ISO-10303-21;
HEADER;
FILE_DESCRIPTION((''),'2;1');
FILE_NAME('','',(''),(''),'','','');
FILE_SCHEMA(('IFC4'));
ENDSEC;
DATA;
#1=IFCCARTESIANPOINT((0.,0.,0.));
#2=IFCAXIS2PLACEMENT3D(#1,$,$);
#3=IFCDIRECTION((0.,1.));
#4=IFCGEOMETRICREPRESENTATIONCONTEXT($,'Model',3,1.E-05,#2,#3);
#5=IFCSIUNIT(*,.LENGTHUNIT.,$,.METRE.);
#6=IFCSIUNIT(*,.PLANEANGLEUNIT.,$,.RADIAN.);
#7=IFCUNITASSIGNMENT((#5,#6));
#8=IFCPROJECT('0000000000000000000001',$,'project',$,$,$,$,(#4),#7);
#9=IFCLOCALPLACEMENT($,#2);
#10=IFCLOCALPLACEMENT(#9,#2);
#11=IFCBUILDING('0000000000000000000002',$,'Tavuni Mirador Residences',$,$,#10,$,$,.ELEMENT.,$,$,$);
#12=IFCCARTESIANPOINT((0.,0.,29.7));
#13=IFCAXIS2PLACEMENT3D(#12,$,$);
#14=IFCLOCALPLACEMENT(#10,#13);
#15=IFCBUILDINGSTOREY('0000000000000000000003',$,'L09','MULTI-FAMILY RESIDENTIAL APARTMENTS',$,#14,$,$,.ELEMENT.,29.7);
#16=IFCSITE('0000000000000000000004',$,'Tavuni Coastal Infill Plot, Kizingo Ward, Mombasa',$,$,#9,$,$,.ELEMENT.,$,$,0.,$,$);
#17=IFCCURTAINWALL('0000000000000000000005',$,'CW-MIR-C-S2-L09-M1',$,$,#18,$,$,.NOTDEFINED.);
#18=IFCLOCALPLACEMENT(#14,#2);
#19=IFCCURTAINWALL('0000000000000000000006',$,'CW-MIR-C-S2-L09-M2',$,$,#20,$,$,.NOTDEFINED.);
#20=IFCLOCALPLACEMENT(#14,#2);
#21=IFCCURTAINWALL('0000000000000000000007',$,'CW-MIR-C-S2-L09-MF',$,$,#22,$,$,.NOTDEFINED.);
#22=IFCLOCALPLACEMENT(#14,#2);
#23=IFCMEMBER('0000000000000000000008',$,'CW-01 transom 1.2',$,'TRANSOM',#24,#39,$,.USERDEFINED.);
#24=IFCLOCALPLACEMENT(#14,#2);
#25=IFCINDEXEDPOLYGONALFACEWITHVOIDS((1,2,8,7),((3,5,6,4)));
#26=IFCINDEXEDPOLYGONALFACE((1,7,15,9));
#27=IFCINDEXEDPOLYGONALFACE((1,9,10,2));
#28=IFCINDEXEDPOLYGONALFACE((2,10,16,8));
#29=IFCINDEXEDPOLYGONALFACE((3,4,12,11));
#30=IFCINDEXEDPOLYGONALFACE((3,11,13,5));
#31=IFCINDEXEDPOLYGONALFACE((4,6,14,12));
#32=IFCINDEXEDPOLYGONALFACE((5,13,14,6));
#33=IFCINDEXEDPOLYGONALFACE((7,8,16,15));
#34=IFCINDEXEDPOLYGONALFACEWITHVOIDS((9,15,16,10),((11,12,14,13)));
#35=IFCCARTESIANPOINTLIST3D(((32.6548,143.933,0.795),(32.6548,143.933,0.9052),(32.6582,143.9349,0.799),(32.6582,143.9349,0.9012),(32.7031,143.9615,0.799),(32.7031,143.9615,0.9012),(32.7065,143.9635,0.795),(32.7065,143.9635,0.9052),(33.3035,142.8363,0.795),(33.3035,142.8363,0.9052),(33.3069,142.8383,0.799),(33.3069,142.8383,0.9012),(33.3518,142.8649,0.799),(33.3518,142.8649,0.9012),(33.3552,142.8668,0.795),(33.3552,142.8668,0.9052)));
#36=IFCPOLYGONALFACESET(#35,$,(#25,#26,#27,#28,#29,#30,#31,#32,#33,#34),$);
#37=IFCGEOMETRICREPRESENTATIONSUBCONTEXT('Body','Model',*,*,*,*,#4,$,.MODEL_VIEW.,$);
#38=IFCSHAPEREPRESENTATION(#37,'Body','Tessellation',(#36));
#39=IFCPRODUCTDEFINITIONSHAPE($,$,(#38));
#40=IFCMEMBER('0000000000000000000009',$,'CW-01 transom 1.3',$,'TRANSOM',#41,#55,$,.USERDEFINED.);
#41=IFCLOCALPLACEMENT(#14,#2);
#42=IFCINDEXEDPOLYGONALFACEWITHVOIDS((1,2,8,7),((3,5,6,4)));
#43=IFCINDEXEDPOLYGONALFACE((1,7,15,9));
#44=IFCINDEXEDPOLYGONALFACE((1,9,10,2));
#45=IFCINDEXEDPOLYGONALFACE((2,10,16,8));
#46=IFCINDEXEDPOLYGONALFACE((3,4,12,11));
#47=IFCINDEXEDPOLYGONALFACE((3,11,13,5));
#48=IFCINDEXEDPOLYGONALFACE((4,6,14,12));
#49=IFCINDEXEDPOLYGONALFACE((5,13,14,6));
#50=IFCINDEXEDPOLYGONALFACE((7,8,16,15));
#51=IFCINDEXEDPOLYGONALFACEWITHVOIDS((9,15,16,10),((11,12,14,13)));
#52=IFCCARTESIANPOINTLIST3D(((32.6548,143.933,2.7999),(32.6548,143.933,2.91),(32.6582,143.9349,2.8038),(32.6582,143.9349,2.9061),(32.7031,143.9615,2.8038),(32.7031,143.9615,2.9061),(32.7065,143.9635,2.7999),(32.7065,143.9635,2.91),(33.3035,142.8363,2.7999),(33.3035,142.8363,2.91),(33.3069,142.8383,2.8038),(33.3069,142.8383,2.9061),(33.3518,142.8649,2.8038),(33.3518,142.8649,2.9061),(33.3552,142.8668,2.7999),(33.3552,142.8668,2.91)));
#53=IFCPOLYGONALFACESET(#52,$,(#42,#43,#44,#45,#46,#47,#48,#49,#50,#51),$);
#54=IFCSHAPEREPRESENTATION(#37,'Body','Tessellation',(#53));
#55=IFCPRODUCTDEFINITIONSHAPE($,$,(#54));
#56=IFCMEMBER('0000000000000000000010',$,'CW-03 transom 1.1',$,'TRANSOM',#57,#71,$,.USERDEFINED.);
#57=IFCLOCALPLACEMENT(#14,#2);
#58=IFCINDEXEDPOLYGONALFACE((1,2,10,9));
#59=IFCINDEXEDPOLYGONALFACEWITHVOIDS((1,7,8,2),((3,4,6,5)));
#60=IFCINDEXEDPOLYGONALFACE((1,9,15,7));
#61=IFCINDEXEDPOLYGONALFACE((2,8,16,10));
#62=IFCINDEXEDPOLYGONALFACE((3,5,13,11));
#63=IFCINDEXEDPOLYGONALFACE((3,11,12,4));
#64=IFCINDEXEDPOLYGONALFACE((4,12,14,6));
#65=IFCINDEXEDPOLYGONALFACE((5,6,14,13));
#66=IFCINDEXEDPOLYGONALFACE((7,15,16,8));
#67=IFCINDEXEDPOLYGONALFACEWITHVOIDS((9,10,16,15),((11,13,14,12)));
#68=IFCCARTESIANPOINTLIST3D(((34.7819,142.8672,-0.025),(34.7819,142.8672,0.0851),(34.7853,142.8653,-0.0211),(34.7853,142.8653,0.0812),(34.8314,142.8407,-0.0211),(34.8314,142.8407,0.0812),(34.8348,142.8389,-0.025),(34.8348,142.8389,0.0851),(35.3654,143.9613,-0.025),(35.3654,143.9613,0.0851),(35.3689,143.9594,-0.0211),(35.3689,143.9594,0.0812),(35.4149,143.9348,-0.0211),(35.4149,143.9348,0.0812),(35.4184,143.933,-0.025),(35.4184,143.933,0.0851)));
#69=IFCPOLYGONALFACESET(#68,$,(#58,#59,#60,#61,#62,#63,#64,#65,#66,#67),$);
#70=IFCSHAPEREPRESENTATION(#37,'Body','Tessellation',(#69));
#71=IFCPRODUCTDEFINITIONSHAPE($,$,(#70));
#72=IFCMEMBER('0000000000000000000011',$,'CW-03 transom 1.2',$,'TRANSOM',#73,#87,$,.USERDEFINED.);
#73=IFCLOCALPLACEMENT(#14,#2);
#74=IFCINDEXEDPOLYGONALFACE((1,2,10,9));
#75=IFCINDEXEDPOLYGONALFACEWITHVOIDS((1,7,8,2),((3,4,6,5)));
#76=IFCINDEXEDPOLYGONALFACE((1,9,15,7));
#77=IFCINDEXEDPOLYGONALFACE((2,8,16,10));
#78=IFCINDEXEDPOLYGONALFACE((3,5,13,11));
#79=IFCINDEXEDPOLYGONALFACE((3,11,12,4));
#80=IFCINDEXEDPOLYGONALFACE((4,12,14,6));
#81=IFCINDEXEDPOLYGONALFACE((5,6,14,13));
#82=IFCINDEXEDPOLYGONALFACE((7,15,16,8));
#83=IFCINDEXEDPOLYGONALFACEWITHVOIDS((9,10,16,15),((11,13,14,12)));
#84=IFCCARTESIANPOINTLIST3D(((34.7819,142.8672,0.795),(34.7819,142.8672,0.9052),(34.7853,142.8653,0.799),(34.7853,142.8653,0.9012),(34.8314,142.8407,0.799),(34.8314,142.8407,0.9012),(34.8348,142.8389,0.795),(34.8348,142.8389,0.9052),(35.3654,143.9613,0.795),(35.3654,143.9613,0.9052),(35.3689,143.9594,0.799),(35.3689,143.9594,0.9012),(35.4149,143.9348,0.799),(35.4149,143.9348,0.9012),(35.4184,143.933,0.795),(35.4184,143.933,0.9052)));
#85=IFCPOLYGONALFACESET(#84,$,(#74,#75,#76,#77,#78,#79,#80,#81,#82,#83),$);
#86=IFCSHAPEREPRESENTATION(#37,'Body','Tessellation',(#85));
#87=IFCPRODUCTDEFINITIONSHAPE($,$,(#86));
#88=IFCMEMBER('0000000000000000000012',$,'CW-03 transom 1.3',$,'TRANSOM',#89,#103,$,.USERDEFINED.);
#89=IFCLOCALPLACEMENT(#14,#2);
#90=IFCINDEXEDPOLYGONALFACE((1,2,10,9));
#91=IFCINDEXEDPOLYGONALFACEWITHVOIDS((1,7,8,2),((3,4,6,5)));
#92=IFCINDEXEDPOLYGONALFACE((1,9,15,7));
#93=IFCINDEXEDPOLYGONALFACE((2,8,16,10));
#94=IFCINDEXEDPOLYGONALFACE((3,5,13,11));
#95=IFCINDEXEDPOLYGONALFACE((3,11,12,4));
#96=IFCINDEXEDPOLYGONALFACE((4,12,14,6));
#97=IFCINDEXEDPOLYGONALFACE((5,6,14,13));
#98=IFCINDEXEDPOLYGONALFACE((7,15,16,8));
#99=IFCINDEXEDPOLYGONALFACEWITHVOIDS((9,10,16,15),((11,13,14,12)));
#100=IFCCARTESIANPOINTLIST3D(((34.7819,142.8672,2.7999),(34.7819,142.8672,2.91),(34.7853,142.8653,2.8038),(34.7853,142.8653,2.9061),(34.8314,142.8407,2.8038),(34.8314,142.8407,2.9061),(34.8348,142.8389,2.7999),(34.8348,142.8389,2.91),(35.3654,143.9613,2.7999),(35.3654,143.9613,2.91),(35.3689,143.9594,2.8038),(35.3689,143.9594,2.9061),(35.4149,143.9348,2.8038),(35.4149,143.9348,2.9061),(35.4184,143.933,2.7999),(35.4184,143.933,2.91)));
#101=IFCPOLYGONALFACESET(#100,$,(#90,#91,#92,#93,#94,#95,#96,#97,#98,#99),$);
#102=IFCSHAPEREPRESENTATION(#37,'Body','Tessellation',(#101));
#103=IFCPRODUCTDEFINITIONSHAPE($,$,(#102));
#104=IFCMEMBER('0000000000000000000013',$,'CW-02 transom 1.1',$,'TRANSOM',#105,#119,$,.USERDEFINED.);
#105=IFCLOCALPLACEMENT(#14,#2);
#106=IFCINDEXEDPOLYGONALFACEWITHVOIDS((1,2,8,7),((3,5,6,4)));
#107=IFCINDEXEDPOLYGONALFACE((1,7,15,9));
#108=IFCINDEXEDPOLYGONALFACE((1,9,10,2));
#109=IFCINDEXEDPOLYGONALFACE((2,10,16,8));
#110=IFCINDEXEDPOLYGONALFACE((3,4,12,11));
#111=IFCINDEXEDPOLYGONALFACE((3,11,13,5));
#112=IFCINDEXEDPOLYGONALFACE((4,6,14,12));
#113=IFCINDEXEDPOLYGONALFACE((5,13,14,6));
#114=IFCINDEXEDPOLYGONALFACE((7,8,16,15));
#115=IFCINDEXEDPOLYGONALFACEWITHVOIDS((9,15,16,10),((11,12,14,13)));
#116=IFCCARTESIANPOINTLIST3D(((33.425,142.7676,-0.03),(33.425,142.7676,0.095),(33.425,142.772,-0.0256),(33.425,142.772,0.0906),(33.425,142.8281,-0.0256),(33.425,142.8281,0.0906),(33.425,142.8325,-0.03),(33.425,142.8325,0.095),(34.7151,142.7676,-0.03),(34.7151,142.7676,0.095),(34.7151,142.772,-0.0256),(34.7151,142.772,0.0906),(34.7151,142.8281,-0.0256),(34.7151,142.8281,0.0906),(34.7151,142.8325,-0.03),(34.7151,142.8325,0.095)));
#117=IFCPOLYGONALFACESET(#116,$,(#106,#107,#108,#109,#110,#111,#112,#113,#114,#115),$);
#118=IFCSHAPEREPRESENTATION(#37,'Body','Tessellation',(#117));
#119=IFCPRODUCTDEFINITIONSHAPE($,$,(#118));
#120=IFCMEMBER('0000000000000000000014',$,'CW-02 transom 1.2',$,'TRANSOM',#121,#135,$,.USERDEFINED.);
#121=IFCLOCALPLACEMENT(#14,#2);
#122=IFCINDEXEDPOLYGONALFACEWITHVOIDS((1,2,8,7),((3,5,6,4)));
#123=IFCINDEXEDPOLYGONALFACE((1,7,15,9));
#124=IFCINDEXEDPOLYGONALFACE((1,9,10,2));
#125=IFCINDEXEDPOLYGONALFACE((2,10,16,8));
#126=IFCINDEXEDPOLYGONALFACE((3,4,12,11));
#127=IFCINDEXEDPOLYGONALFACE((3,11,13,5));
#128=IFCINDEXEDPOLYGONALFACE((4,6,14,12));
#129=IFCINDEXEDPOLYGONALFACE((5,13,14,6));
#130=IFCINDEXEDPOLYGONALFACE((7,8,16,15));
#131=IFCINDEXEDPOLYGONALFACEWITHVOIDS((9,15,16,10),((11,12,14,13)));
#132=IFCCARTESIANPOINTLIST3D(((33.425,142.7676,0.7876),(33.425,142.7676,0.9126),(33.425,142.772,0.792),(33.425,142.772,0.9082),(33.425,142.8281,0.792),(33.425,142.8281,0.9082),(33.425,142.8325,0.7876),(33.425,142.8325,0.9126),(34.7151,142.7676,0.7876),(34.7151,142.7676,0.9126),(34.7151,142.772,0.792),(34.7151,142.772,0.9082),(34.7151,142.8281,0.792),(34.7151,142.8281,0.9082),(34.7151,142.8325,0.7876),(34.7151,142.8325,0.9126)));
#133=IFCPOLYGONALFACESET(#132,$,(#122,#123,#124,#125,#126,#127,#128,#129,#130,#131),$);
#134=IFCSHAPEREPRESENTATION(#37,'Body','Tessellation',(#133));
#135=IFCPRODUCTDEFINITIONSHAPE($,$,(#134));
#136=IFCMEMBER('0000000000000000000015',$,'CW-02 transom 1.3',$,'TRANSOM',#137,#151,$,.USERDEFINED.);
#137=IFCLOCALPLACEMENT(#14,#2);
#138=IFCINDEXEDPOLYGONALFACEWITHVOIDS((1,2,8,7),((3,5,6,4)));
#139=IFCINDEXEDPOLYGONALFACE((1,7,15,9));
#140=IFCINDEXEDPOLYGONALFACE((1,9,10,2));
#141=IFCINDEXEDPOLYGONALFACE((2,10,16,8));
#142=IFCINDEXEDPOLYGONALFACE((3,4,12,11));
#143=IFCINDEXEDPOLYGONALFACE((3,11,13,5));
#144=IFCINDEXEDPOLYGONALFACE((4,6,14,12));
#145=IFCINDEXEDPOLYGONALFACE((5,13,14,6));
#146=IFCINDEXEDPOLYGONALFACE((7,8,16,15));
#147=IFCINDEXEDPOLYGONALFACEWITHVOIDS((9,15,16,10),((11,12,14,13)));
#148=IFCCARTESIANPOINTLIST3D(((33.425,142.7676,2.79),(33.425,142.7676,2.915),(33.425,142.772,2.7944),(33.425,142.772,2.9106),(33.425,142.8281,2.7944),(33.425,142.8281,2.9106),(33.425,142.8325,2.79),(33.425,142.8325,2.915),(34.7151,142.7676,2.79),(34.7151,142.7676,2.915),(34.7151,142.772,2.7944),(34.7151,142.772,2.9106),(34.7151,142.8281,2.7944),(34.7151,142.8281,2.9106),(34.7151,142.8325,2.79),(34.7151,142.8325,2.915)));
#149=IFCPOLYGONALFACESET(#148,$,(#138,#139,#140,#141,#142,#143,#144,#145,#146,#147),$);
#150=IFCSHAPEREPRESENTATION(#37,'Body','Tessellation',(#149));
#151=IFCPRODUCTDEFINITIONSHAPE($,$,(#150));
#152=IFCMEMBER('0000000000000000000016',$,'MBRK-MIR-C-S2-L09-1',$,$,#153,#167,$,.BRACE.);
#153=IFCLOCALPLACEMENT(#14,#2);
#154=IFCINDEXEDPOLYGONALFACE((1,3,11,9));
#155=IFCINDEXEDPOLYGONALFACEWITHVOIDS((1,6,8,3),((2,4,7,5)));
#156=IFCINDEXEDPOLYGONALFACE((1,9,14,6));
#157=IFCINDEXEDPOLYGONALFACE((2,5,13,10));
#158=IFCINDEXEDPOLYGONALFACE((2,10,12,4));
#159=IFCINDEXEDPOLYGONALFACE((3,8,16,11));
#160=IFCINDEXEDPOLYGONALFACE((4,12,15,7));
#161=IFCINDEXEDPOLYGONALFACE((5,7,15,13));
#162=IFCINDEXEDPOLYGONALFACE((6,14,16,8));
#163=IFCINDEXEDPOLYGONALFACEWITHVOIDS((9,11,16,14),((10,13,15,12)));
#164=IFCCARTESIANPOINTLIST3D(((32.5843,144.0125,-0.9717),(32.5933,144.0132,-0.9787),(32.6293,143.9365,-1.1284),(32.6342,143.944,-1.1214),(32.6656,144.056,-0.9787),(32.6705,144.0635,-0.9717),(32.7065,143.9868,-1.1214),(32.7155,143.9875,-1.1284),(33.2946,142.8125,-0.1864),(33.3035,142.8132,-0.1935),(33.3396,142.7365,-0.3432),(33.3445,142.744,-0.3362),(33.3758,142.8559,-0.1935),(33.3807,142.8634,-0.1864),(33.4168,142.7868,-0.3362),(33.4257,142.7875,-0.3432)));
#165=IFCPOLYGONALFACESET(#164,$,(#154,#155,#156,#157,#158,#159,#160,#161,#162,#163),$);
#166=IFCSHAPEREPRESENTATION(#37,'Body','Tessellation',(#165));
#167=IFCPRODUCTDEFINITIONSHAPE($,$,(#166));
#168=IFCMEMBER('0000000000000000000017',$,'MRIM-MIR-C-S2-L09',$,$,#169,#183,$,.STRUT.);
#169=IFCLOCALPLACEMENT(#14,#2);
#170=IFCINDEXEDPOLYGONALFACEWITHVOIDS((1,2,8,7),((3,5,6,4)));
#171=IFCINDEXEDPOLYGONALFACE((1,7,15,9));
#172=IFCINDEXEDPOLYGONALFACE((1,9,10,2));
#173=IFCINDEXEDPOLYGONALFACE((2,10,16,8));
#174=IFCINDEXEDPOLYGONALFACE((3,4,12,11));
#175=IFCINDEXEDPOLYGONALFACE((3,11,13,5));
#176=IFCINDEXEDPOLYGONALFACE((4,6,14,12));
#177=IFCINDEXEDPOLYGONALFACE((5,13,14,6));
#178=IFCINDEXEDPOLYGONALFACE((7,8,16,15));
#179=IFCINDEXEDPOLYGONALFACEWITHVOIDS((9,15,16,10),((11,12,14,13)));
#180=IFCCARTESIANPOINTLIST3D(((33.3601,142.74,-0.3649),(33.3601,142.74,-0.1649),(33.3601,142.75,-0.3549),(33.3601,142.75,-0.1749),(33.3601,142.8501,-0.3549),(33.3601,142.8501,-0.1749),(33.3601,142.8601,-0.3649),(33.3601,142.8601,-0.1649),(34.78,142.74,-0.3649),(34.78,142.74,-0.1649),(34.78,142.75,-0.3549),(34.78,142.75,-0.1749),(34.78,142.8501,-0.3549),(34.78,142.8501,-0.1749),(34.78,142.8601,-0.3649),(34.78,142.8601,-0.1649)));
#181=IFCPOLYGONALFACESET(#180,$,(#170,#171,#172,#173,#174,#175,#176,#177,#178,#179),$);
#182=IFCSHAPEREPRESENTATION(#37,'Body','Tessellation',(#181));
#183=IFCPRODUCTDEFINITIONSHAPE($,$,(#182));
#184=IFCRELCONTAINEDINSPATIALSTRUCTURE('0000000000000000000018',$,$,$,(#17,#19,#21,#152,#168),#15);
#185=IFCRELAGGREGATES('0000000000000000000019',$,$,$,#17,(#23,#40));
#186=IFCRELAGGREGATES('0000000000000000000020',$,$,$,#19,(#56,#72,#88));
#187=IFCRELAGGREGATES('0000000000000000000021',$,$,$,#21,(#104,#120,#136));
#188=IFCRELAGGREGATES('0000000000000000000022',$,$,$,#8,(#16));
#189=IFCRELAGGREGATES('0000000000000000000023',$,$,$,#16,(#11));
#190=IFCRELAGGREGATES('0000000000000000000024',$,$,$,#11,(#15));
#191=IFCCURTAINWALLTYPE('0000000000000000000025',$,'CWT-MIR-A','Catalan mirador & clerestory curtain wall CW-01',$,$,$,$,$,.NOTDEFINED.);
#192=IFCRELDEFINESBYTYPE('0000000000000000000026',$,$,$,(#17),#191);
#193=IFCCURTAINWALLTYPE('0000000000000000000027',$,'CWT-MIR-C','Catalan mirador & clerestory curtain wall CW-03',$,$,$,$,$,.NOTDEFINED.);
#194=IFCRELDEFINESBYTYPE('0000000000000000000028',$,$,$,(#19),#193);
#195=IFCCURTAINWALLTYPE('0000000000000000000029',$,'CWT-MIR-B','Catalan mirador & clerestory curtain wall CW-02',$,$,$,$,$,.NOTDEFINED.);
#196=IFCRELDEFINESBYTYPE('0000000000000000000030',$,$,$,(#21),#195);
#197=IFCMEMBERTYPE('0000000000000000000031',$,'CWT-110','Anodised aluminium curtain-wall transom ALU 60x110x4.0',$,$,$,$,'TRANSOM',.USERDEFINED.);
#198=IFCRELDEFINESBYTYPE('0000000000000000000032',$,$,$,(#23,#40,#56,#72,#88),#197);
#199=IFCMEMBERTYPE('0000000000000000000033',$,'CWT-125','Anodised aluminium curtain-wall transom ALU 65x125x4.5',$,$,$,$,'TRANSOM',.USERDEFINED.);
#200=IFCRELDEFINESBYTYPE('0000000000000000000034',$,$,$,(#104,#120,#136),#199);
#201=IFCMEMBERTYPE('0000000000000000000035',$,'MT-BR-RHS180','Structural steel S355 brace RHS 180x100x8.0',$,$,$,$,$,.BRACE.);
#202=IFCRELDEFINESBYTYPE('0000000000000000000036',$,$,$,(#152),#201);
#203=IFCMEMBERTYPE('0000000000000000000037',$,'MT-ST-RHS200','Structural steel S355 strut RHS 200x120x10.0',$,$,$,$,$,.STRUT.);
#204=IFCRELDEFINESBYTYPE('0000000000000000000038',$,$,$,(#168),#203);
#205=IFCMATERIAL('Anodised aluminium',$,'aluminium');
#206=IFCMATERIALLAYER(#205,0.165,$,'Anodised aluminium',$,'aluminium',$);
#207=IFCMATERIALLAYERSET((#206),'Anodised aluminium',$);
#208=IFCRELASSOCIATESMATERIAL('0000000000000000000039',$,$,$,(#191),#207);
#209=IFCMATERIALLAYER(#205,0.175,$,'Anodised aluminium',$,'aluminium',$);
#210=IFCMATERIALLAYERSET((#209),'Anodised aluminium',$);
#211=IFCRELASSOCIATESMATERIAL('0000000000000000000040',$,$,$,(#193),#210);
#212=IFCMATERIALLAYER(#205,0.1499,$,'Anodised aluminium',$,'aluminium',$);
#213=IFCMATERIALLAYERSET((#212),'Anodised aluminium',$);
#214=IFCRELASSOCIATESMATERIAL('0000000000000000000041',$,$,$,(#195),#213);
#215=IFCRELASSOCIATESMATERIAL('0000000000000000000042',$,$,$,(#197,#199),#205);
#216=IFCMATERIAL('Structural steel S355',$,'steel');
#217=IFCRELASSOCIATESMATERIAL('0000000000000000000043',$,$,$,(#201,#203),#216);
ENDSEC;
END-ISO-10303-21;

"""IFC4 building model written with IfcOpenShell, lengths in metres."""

from ifc_helpers import new_model, si_unit, direction, frame, origin, origin_2d, place, context, subcontext, project, spatial, hollow_rectangle, extrude, material, layer, layer_set, material_profile, profile_set, type_object, element, aggregate, save


model = new_model("IFC4")

# Units and contexts
model_context = context("Model", 3, precision=1e-05, world=origin(), true_north=direction((0.0, 1.0)))
body_context = subcontext(model_context, "Body", "Model", "MODEL_VIEW")
ifc_project = project(units=[si_unit("LENGTHUNIT", "METRE"), si_unit("PLANEANGLEUNIT", "RADIAN")], contexts=[model_context])

# Site, building, storey
site_placement = place(None, origin())
site = spatial("IfcSite", under=ifc_project, at=site_placement, Name="Tavuni Coastal Infill Plot, Kizingo Ward, Mombasa", CompositionType="ELEMENT", RefElevation=0.0)
building_placement = place(site_placement, origin())
building = spatial("IfcBuilding", under=site, at=building_placement, Name="Tavuni Mirador Residences", CompositionType="ELEMENT")
storey_placement = place(building_placement, frame((0.0, 0.0, 29.7)))
storey = spatial("IfcBuildingStorey", under=building, at=storey_placement, Name="L09", Description="MULTI-FAMILY RESIDENTIAL APARTMENTS", CompositionType="ELEMENT", Elevation=29.7)

# Curtain walls
ifc_material_1 = material(Name="Anodised aluminium", Category="aluminium")
ifc_layer_1 = layer(ifc_material_1, 0.165, Name="Anodised aluminium", Category="aluminium")
ifc_layer_set_1 = layer_set([ifc_layer_1], Name="Anodised aluminium")
curtain_wall_type_1 = type_object("IfcCurtainWallType", Name="CWT-MIR-A", Description="Catalan mirador & clerestory curtain wall CW-01", PredefinedType="NOTDEFINED", material=ifc_layer_set_1)
curtain_wall_1_placement = place(storey_placement, origin())
curtain_wall_1 = element("IfcCurtainWall", 1, at=curtain_wall_1_placement, inside=storey, type_object=curtain_wall_type_1, Name="CW-MIR-C-S2-L09-M1", PredefinedType="NOTDEFINED")
ifc_layer_2 = layer(ifc_material_1, 0.175, Name="Anodised aluminium", Category="aluminium")
ifc_layer_set_2 = layer_set([ifc_layer_2], Name="Anodised aluminium")
curtain_wall_type_2 = type_object("IfcCurtainWallType", Name="CWT-MIR-C", Description="Catalan mirador & clerestory curtain wall CW-03", PredefinedType="NOTDEFINED", material=ifc_layer_set_2)
curtain_wall_2_placement = place(storey_placement, origin())
curtain_wall_2 = element("IfcCurtainWall", 2, at=curtain_wall_2_placement, inside=storey, type_object=curtain_wall_type_2, Name="CW-MIR-C-S2-L09-M2", PredefinedType="NOTDEFINED")
ifc_layer_3 = layer(ifc_material_1, 0.1499, Name="Anodised aluminium", Category="aluminium")
ifc_layer_set_3 = layer_set([ifc_layer_3], Name="Anodised aluminium")
curtain_wall_type_3 = type_object("IfcCurtainWallType", Name="CWT-MIR-B", Description="Catalan mirador & clerestory curtain wall CW-02", PredefinedType="NOTDEFINED", material=ifc_layer_set_3)
curtain_wall_3_placement = place(storey_placement, origin())
curtain_wall_3 = element("IfcCurtainWall", 3, at=curtain_wall_3_placement, inside=storey, type_object=curtain_wall_type_3, Name="CW-MIR-C-S2-L09-MF", PredefinedType="NOTDEFINED")

# Members
ifc_material_profile_1 = material_profile(ifc_material_1, hollow_rectangle(XDim=0.0601, YDim=0.1101, WallThickness=0.0039, at=origin_2d()), Name="ALU 60x110x4.0", Category="aluminium")
ifc_profile_set_1 = profile_set([ifc_material_profile_1], Name="Anodised aluminium")
member_type_1 = type_object("IfcMemberType", Name="CWT-110", Description="Anodised aluminium curtain-wall transom ALU 60x110x4.0", ElementType="TRANSOM", PredefinedType="USERDEFINED", material=ifc_profile_set_1)
member_1_placement = place(storey_placement, frame((32.6807, 143.9482, 0.8501), z_axis=(0.509104, -0.860705, 0.0), x_axis=(0.860705, 0.509104, 0.0)))
member_1 = element("IfcMember", 4, at=member_1_placement, type_object=member_type_1, Name="CW-01 transom 1.2", ObjectType="TRANSOM", PredefinedType="USERDEFINED", context=body_context, shape_type="SweptSolid", body=[
    extrude(hollow_rectangle(XDim=0.0601, YDim=0.1101, WallThickness=0.0039, at=origin_2d()), origin(), (0.0, 0.0, 1.0), 1.2742),
])
member_2_placement = place(storey_placement, frame((32.6807, 143.9482, 2.855), z_axis=(0.509104, -0.860705, 0.0), x_axis=(0.860705, 0.509104, 0.0)))
member_2 = element("IfcMember", 5, at=member_2_placement, type_object=member_type_1, Name="CW-01 transom 1.3", ObjectType="TRANSOM", PredefinedType="USERDEFINED", context=body_context, shape_type="SweptSolid", body=[
    extrude(hollow_rectangle(XDim=0.0601, YDim=0.1101, WallThickness=0.0039, at=origin_2d()), origin(), (0.0, 0.0, 1.0), 1.2742),
])
member_3_placement = place(storey_placement, frame((34.8083, 142.853, 0.03), z_axis=(0.470609, 0.882342, 0.0), x_axis=(-0.882342, 0.470609, 0.0)))
member_3 = element("IfcMember", 6, at=member_3_placement, type_object=member_type_1, Name="CW-03 transom 1.1", ObjectType="TRANSOM", PredefinedType="USERDEFINED", context=body_context, shape_type="SweptSolid", body=[
    extrude(hollow_rectangle(XDim=0.0601, YDim=0.1101, WallThickness=0.0039, at=origin_2d()), origin(), (0.0, 0.0, 1.0), 1.24),
])
member_4_placement = place(storey_placement, frame((34.8083, 142.853, 0.8501), z_axis=(0.470609, 0.882342, 0.0), x_axis=(-0.882342, 0.470609, 0.0)))
member_4 = element("IfcMember", 7, at=member_4_placement, type_object=member_type_1, Name="CW-03 transom 1.2", ObjectType="TRANSOM", PredefinedType="USERDEFINED", context=body_context, shape_type="SweptSolid", body=[
    extrude(hollow_rectangle(XDim=0.0601, YDim=0.1101, WallThickness=0.0039, at=origin_2d()), origin(), (0.0, 0.0, 1.0), 1.24),
])
member_5_placement = place(storey_placement, frame((34.8083, 142.853, 2.855), z_axis=(0.470609, 0.882342, 0.0), x_axis=(-0.882342, 0.470609, 0.0)))
member_5 = element("IfcMember", 8, at=member_5_placement, type_object=member_type_1, Name="CW-03 transom 1.3", ObjectType="TRANSOM", PredefinedType="USERDEFINED", context=body_context, shape_type="SweptSolid", body=[
    extrude(hollow_rectangle(XDim=0.0601, YDim=0.1101, WallThickness=0.0039, at=origin_2d()), origin(), (0.0, 0.0, 1.0), 1.24),
])
ifc_material_profile_2 = material_profile(ifc_material_1, hollow_rectangle(XDim=0.0649, YDim=0.125, WallThickness=0.0044, at=origin_2d()), Name="ALU 65x125x4.5", Category="aluminium")
ifc_profile_set_2 = profile_set([ifc_material_profile_2], Name="Anodised aluminium")
member_type_2 = type_object("IfcMemberType", Name="CWT-125", Description="Anodised aluminium curtain-wall transom ALU 65x125x4.5", ElementType="TRANSOM", PredefinedType="USERDEFINED", material=ifc_profile_set_2)
member_6_placement = place(storey_placement, frame((33.425, 142.8, 0.0325), z_axis=(1.0, 0.0, 0.0), x_axis=(0.0, 1.0, 0.0)))
member_6 = element("IfcMember", 9, at=member_6_placement, type_object=member_type_2, Name="CW-02 transom 1.1", ObjectType="TRANSOM", PredefinedType="USERDEFINED", context=body_context, shape_type="SweptSolid", body=[
    extrude(hollow_rectangle(XDim=0.0649, YDim=0.125, WallThickness=0.0044, at=origin_2d()), origin(), (0.0, 0.0, 1.0), 1.29),
])
member_7_placement = place(storey_placement, frame((33.425, 142.8, 0.8501), z_axis=(1.0, 0.0, 0.0), x_axis=(0.0, 1.0, 0.0)))
member_7 = element("IfcMember", 10, at=member_7_placement, type_object=member_type_2, Name="CW-02 transom 1.2", ObjectType="TRANSOM", PredefinedType="USERDEFINED", context=body_context, shape_type="SweptSolid", body=[
    extrude(hollow_rectangle(XDim=0.0649, YDim=0.125, WallThickness=0.0044, at=origin_2d()), origin(), (0.0, 0.0, 1.0), 1.29),
])
member_8_placement = place(storey_placement, frame((33.425, 142.8, 2.8525), z_axis=(1.0, 0.0, 0.0), x_axis=(0.0, 1.0, 0.0)))
member_8 = element("IfcMember", 11, at=member_8_placement, type_object=member_type_2, Name="CW-02 transom 1.3", ObjectType="TRANSOM", PredefinedType="USERDEFINED", context=body_context, shape_type="SweptSolid", body=[
    extrude(hollow_rectangle(XDim=0.0649, YDim=0.125, WallThickness=0.0044, at=origin_2d()), origin(), (0.0, 0.0, 1.0), 1.29),
])

# Members
ifc_material_2 = material(Name="Structural steel S355", Category="steel")
ifc_material_profile_3 = material_profile(ifc_material_2, hollow_rectangle(XDim=0.1001, YDim=0.1799, WallThickness=0.0081, at=origin_2d()), Name="RHS 180x100x8.0", Category="steel")
ifc_profile_set_3 = profile_set([ifc_material_profile_3], Name="Structural steel S355")
member_type_3 = type_object("IfcMemberType", Name="MT-BR-RHS180", Description="Structural steel S355 brace RHS 180x100x8.0", PredefinedType="BRACE", material=ifc_profile_set_3)
member_9_placement = place(storey_placement, frame((32.6499, 144.0, -1.05), z_axis=(0.443814, -0.74986, 0.490651), x_axis=(0.860567, 0.509337, 0.0)))
element("IfcMember", 12, at=member_9_placement, inside=storey, type_object=member_type_3, Name="MBRK-MIR-C-S2-L09-1", PredefinedType="BRACE", context=body_context, shape_type="SweptSolid", body=[
    extrude(hollow_rectangle(XDim=0.1001, YDim=0.1799, WallThickness=0.0081, at=origin_2d()), origin(), (0.0, 0.0, 1.0), 1.6003),
])
ifc_material_profile_4 = material_profile(ifc_material_2, hollow_rectangle(XDim=0.1201, YDim=0.2, WallThickness=0.01, at=origin_2d()), Name="RHS 200x120x10.0", Category="steel")
ifc_profile_set_4 = profile_set([ifc_material_profile_4], Name="Structural steel S355")
member_type_4 = type_object("IfcMemberType", Name="MT-ST-RHS200", Description="Structural steel S355 strut RHS 200x120x10.0", PredefinedType="STRUT", material=ifc_profile_set_4)
member_10_placement = place(storey_placement, frame((33.3601, 142.8, -0.2649), z_axis=(1.0, 0.0, 0.0), x_axis=(0.0, 1.0, 0.0)))
element("IfcMember", 13, at=member_10_placement, inside=storey, type_object=member_type_4, Name="MRIM-MIR-C-S2-L09", PredefinedType="STRUT", context=body_context, shape_type="SweptSolid", body=[
    extrude(hollow_rectangle(XDim=0.1201, YDim=0.2, WallThickness=0.01, at=origin_2d()), origin(), (0.0, 0.0, 1.0), 1.4199),
])

aggregate(curtain_wall_1, [member_1, member_2])
aggregate(curtain_wall_2, [member_3, member_4, member_5])
aggregate(curtain_wall_3, [member_6, member_7, member_8])

save(model, "model.ifc")
